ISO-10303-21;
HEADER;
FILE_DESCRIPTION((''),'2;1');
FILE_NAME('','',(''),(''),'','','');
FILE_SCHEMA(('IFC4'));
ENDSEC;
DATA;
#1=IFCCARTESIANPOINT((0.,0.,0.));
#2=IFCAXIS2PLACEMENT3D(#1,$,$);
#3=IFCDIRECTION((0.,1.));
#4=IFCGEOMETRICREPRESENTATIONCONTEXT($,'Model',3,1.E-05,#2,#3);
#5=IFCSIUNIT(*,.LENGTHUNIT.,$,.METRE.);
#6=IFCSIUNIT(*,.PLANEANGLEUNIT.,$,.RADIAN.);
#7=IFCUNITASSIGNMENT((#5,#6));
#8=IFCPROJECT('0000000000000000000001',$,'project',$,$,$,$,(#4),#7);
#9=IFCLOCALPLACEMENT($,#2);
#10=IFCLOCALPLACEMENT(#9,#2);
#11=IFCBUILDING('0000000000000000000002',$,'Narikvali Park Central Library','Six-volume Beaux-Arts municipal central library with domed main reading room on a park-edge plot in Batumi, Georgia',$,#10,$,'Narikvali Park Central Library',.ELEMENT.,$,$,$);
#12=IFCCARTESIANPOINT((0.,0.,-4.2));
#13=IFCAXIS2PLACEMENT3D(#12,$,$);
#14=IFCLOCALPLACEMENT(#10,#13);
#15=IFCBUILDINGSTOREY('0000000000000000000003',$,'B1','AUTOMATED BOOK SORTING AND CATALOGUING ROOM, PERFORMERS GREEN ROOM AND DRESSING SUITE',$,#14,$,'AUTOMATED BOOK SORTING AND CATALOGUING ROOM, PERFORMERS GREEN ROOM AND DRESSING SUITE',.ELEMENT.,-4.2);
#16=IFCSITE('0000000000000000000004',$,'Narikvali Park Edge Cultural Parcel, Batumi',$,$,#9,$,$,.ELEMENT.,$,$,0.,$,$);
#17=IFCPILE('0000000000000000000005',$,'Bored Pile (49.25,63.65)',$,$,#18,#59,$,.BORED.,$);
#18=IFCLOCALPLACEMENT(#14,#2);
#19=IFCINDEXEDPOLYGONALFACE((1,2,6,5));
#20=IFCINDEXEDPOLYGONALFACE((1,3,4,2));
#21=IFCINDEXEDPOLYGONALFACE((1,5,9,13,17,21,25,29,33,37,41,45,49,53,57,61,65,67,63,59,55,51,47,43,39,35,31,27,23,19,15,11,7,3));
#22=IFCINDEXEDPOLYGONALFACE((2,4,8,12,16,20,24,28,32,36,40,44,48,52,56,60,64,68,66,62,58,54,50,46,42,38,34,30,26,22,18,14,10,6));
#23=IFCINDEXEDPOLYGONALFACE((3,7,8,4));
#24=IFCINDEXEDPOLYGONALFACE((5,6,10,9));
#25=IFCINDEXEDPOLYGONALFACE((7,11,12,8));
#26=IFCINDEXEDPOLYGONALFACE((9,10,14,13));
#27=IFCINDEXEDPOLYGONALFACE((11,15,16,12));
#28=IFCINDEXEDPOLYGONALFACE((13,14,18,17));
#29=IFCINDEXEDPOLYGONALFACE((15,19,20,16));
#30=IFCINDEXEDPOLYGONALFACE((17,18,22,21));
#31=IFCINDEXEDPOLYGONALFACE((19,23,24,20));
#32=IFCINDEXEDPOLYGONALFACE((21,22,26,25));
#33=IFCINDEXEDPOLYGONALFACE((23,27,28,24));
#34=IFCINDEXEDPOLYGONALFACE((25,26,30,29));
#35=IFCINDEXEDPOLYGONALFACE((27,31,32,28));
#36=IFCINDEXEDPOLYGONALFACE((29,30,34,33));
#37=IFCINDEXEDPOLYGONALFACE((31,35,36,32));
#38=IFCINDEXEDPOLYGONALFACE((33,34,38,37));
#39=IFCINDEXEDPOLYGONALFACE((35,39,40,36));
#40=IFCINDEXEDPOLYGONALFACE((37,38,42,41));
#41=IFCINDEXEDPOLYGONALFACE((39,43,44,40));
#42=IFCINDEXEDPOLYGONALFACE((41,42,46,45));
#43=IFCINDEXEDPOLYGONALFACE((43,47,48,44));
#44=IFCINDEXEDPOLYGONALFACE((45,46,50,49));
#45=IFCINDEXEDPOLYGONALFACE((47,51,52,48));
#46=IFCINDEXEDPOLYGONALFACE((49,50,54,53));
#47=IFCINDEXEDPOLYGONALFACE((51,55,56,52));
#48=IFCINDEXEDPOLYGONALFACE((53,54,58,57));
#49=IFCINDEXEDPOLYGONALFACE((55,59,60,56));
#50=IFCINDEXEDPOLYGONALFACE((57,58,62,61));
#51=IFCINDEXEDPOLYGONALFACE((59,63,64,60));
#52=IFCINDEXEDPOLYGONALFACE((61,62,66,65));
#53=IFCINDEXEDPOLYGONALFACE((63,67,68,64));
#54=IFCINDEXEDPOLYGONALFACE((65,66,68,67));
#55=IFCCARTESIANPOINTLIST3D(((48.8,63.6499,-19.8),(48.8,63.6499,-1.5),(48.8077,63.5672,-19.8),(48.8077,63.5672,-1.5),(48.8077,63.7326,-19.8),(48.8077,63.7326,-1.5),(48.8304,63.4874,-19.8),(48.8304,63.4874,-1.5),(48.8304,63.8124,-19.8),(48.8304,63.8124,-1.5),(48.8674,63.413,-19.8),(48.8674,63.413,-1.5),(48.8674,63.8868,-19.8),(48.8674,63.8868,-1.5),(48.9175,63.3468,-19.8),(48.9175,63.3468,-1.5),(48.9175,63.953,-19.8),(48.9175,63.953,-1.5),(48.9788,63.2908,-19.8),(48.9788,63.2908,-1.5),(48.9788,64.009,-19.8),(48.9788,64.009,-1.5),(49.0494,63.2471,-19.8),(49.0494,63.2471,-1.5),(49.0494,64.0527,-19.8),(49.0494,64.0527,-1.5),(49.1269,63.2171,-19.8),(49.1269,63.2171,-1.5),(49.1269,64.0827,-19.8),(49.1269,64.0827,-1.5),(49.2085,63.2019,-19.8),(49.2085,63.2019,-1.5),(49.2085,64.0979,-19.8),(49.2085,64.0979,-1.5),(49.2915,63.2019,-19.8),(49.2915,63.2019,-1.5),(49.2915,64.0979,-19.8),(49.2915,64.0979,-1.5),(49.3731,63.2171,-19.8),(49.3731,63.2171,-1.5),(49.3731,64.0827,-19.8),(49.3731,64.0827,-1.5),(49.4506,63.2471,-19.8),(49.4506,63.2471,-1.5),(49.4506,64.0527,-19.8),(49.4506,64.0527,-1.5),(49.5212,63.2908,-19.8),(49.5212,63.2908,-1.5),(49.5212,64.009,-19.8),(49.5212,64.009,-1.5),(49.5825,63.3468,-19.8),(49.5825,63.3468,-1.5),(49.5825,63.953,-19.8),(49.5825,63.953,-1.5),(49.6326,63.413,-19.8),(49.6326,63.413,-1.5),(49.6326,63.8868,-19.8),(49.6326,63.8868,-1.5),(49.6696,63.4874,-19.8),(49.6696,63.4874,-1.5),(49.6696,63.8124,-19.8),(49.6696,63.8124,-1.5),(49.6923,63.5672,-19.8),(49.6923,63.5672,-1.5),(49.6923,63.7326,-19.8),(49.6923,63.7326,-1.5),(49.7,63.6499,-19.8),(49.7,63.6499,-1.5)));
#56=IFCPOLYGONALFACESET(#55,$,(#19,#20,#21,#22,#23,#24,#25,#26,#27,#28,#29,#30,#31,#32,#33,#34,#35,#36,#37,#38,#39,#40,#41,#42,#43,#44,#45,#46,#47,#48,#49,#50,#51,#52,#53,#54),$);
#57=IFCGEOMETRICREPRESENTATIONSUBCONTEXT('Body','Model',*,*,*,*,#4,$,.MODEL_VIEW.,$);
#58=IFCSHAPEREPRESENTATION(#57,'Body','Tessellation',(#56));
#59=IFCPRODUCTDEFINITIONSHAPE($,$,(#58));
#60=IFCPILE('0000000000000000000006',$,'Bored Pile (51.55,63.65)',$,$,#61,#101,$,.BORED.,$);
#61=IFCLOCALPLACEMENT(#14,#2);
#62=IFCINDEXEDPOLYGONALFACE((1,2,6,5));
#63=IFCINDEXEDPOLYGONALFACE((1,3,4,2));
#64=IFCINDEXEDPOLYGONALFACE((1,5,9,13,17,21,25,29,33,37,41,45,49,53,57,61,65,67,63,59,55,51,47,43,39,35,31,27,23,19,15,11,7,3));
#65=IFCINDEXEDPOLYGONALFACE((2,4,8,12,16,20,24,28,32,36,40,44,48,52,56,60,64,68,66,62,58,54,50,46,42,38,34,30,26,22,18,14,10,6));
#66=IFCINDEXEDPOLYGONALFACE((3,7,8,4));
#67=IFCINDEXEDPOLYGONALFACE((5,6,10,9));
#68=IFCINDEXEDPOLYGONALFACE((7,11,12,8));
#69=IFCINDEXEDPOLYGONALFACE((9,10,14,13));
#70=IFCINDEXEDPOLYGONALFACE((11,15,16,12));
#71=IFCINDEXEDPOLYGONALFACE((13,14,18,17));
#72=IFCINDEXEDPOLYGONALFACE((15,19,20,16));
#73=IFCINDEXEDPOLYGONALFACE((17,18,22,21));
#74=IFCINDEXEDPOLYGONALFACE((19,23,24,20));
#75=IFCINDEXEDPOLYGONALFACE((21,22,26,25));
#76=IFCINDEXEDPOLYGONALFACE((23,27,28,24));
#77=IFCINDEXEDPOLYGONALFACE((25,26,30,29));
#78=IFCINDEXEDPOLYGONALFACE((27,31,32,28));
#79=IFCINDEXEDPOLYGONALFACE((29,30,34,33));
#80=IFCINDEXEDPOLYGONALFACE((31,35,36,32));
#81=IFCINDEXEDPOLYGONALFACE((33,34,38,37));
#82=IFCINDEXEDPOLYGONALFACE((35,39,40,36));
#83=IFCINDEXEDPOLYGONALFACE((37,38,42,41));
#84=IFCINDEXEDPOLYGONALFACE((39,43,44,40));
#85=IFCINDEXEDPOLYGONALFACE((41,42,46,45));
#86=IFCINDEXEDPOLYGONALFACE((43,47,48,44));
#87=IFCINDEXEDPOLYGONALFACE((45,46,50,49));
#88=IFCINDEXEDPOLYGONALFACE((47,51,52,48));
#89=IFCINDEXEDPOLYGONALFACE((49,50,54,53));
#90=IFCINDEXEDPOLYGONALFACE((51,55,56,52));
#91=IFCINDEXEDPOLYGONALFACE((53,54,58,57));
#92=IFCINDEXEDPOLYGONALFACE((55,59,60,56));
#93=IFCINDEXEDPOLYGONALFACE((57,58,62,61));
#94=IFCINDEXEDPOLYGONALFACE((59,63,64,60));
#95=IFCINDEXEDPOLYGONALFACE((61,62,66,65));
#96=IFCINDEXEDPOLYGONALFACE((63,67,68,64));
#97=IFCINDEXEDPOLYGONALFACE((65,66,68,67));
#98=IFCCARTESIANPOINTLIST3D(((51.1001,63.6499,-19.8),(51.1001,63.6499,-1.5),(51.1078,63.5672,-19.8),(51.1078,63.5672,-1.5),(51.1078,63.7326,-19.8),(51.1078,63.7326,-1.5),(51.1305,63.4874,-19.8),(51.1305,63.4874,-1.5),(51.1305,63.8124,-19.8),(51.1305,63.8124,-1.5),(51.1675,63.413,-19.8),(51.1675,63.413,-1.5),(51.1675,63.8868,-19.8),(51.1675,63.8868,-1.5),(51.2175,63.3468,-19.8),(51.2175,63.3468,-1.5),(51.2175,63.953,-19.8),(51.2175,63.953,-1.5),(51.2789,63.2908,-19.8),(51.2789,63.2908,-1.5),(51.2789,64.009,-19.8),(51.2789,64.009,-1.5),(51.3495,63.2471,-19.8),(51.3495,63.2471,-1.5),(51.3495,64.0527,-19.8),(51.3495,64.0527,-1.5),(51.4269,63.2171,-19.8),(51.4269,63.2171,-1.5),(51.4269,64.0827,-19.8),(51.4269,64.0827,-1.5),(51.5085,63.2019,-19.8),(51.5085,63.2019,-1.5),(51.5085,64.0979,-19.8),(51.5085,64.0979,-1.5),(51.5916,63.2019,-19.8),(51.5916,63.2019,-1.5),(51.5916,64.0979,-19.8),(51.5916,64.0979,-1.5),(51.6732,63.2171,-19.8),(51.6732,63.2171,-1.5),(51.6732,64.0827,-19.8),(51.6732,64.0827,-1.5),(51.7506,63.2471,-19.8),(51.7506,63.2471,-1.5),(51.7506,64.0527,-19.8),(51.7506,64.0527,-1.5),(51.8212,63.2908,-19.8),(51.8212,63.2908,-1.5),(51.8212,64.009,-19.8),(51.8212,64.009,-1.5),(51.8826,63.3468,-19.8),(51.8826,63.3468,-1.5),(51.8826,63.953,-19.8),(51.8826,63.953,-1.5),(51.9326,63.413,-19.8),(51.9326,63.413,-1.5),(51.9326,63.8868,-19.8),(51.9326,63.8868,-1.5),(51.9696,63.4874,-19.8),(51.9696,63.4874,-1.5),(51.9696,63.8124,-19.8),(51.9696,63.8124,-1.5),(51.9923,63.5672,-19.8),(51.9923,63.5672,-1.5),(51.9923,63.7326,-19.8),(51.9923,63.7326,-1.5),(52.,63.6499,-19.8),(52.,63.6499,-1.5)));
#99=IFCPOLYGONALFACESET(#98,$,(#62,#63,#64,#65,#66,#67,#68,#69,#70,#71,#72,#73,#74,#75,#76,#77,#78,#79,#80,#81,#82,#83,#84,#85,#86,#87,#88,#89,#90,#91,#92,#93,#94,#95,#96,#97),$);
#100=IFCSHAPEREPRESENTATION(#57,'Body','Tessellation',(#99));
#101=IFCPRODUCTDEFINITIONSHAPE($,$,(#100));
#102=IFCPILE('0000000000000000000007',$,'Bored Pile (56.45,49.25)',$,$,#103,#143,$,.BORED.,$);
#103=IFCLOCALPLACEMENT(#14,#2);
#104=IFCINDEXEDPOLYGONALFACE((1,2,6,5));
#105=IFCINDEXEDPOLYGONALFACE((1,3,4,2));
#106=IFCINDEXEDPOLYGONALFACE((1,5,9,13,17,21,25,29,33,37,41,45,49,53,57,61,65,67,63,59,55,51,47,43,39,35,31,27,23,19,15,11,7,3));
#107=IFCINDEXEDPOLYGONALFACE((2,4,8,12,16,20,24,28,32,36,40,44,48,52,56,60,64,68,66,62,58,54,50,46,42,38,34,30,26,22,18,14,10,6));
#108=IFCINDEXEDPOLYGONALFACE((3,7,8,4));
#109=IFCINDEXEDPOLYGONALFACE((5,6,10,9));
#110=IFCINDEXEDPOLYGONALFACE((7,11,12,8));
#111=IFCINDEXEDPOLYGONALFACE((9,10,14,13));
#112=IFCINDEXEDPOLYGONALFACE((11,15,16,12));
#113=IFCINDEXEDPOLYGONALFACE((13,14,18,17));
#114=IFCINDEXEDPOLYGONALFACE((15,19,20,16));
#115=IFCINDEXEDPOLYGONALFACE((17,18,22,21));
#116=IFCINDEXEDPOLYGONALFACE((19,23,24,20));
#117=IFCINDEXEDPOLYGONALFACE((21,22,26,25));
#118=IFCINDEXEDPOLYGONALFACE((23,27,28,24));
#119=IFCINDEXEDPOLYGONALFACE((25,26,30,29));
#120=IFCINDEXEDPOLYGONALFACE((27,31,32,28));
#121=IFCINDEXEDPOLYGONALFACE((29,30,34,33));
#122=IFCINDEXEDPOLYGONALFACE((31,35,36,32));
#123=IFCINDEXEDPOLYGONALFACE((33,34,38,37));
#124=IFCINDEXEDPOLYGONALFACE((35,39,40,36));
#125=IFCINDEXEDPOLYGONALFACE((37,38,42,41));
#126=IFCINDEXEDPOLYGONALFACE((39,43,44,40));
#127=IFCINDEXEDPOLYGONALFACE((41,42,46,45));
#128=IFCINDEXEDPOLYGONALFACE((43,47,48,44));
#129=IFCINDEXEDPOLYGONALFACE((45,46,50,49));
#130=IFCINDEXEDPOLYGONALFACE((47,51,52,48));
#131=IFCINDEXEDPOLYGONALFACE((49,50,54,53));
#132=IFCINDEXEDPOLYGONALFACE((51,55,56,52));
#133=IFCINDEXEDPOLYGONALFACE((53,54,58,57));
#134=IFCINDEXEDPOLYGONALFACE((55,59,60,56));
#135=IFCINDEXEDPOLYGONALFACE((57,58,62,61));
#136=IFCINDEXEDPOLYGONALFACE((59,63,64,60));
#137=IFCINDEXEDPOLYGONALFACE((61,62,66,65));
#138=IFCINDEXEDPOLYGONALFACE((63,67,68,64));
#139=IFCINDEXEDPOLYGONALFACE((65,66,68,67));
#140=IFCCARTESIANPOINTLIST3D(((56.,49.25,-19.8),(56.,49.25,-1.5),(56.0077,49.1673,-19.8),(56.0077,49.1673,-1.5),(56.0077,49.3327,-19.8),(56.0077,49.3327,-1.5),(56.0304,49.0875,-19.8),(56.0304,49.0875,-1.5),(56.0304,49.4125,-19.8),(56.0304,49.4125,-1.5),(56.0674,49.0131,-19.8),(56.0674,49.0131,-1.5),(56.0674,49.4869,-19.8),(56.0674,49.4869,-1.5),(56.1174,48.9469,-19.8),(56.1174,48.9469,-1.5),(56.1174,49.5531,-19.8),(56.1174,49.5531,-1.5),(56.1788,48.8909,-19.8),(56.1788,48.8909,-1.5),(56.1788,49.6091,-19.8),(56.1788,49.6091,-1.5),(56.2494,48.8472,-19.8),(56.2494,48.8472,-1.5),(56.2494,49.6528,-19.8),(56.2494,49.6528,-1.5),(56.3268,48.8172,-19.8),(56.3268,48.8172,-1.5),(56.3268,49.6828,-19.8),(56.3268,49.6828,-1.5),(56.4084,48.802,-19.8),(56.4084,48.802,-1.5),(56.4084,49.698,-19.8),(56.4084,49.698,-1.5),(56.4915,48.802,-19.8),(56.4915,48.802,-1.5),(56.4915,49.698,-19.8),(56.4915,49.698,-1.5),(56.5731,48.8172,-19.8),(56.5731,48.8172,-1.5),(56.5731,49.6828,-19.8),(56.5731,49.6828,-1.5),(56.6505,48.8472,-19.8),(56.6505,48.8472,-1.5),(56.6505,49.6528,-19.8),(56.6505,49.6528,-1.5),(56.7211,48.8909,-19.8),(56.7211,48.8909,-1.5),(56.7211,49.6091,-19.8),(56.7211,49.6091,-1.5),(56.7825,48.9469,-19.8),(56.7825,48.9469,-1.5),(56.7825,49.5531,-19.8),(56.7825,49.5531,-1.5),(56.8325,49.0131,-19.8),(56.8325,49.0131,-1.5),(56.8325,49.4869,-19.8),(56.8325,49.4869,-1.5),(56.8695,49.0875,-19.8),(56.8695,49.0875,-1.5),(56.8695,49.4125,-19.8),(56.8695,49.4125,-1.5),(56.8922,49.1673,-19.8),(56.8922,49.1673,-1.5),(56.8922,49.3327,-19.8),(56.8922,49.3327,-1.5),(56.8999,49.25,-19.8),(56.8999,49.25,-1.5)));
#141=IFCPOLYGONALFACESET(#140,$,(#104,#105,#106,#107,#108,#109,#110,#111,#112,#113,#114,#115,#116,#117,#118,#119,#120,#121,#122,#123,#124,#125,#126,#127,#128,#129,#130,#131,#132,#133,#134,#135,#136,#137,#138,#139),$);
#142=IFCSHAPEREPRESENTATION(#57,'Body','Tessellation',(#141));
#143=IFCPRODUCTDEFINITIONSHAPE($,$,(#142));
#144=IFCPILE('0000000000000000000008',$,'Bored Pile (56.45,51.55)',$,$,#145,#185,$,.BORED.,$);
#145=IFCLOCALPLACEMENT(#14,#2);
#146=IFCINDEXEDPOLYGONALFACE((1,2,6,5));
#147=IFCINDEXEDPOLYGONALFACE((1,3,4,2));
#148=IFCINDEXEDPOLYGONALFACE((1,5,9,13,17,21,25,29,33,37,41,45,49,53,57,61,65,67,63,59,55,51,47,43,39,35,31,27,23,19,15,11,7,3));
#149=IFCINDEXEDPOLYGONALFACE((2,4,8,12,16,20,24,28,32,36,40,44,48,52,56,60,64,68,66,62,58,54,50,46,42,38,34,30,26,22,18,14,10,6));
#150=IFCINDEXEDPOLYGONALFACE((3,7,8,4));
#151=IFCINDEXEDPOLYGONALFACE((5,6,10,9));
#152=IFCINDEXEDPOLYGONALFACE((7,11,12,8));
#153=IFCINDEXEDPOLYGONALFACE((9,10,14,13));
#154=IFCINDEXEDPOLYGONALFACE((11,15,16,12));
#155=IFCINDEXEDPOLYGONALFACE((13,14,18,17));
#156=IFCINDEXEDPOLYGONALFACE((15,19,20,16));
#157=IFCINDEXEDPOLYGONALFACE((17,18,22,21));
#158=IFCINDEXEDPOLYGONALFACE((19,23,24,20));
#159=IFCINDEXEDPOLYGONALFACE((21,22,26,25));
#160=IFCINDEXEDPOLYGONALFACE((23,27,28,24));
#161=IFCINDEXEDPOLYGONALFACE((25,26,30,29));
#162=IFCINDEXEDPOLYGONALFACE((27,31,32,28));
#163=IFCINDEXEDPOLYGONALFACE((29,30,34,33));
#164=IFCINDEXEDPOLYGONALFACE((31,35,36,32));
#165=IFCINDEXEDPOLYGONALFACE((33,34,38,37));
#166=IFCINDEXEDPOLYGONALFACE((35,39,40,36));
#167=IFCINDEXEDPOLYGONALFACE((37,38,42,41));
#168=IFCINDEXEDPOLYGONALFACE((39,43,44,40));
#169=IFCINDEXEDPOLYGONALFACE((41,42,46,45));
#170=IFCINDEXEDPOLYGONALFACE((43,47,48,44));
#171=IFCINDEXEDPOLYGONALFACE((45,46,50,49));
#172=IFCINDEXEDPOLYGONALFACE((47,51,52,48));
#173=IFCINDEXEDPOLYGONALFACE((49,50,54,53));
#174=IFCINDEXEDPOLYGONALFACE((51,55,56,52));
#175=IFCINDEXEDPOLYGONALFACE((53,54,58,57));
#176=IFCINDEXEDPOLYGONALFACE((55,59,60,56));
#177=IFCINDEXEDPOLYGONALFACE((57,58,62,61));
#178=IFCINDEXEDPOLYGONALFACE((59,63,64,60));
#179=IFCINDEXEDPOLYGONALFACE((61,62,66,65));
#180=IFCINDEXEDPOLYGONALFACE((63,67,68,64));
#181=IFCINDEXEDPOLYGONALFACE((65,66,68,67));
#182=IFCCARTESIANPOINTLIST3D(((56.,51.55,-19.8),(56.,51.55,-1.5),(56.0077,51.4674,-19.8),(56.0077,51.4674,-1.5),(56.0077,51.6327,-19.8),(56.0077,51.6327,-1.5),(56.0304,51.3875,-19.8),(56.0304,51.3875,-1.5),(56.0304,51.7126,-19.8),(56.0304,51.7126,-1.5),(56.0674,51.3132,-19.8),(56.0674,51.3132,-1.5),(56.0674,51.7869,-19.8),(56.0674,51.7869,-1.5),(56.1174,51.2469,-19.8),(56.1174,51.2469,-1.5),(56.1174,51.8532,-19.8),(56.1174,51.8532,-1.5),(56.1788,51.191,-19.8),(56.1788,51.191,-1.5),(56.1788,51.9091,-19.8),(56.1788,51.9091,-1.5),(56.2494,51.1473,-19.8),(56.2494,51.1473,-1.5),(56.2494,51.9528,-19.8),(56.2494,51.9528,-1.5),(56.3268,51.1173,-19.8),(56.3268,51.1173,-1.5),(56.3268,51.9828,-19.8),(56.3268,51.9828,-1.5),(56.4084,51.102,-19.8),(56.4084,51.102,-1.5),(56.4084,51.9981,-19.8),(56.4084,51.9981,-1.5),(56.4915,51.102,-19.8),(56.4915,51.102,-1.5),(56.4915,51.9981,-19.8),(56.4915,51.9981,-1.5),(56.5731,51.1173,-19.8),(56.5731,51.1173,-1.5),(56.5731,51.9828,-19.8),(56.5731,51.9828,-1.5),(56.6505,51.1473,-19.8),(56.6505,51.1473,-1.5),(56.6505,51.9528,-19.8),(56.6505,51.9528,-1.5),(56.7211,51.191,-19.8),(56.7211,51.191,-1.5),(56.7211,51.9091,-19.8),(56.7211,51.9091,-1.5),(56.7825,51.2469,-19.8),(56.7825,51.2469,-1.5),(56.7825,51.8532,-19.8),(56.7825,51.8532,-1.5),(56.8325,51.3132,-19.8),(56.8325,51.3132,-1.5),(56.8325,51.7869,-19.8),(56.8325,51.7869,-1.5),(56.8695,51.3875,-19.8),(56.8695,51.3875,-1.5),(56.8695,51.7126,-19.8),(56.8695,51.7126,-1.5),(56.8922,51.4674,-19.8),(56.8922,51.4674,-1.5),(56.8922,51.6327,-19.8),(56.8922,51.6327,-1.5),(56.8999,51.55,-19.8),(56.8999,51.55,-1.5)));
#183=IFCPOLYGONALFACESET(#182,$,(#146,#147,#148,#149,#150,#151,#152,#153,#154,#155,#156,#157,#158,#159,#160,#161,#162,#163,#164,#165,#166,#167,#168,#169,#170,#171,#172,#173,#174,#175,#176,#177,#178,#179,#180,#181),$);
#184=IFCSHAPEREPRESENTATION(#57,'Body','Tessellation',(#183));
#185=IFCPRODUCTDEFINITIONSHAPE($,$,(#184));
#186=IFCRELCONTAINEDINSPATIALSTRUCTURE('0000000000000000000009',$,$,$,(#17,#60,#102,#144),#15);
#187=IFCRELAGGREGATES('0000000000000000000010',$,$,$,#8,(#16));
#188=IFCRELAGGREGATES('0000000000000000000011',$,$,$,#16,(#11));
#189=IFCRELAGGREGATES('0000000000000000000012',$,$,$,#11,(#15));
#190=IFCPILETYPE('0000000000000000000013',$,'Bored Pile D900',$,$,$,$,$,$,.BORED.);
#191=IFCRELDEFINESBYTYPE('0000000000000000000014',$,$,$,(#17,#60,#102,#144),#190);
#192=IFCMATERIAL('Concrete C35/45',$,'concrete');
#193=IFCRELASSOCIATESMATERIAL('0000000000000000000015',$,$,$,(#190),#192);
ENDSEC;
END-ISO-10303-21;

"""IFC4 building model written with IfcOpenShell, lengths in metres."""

from ifc_helpers import new_model, si_unit, direction, frame, origin, origin_2d, place, context, subcontext, project, spatial, circle, extrude, material, material_profile, profile_set, type_object, element, save


model = new_model("IFC4")

# Units and contexts
model_context = context("Model", 3, precision=1e-05, world=origin(), true_north=direction((0.0, 1.0)))
body_context = subcontext(model_context, "Body", "Model", "MODEL_VIEW")
ifc_project = project(units=[si_unit("LENGTHUNIT", "METRE"), si_unit("PLANEANGLEUNIT", "RADIAN")], contexts=[model_context])

# Site, building, storey
site_placement = place(None, origin())
site = spatial("IfcSite", under=ifc_project, at=site_placement, Name="Narikvali Park Edge Cultural Parcel, Batumi", CompositionType="ELEMENT", RefElevation=0.0)
building_placement = place(site_placement, origin())
building = spatial("IfcBuilding", under=site, at=building_placement, Name="Narikvali Park Central Library", Description="Six-volume Beaux-Arts municipal central library with domed main reading room on a park-edge plot in Batumi, Georgia", LongName="Narikvali Park Central Library", CompositionType="ELEMENT")
storey_placement = place(building_placement, frame((0.0, 0.0, -4.2)))
storey = spatial("IfcBuildingStorey", under=building, at=storey_placement, Name="B1", Description="AUTOMATED BOOK SORTING AND CATALOGUING ROOM, PERFORMERS GREEN ROOM AND DRESSING SUITE", LongName="AUTOMATED BOOK SORTING AND CATALOGUING ROOM, PERFORMERS GREEN ROOM AND DRESSING SUITE", CompositionType="ELEMENT", Elevation=-4.2)

# Piles
ifc_material_1 = material(Name="Concrete C35/45", Category="concrete")
ifc_material_profile_1 = material_profile(ifc_material_1, circle(Radius=0.45, at=origin_2d()), Name="PILE D900")
ifc_profile_set_1 = profile_set([ifc_material_profile_1], Name="Concrete C35/45")
pile_type = type_object("IfcPileType", Name="Bored Pile D900", PredefinedType="BORED", material=ifc_profile_set_1)
for number, where, z_axis, x_axis, name in (
    (1, (49.25, 63.6499, -1.5), (0.0, 0.0, -1.0), (1.0, 0.0, 0.0), "Bored Pile (49.25,63.65)"),
    (2, (51.55, 63.6499, -1.5), (0.0, 0.0, -1.0), (1.0, 0.0, 0.0), "Bored Pile (51.55,63.65)"),
    (3, (56.45, 49.25, -1.5), (0.0, 0.0, -1.0), (1.0, 0.0, 0.0), "Bored Pile (56.45,49.25)"),
    (4, (56.45, 51.55, -1.5), (0.0, 0.0, -1.0), (1.0, 0.0, 0.0), "Bored Pile (56.45,51.55)"),
):
    element("IfcPile", number, at=place(storey_placement, frame(where, z_axis=z_axis, x_axis=x_axis)), inside=storey, type_object=pile_type, Name=name, PredefinedType="BORED", context=body_context, shape_type="SweptSolid", body=[
        extrude(circle(Radius=0.45, at=origin_2d()), origin(), (0.0, 0.0, 1.0), 18.3),
    ])

save(model, "model.ifc")
